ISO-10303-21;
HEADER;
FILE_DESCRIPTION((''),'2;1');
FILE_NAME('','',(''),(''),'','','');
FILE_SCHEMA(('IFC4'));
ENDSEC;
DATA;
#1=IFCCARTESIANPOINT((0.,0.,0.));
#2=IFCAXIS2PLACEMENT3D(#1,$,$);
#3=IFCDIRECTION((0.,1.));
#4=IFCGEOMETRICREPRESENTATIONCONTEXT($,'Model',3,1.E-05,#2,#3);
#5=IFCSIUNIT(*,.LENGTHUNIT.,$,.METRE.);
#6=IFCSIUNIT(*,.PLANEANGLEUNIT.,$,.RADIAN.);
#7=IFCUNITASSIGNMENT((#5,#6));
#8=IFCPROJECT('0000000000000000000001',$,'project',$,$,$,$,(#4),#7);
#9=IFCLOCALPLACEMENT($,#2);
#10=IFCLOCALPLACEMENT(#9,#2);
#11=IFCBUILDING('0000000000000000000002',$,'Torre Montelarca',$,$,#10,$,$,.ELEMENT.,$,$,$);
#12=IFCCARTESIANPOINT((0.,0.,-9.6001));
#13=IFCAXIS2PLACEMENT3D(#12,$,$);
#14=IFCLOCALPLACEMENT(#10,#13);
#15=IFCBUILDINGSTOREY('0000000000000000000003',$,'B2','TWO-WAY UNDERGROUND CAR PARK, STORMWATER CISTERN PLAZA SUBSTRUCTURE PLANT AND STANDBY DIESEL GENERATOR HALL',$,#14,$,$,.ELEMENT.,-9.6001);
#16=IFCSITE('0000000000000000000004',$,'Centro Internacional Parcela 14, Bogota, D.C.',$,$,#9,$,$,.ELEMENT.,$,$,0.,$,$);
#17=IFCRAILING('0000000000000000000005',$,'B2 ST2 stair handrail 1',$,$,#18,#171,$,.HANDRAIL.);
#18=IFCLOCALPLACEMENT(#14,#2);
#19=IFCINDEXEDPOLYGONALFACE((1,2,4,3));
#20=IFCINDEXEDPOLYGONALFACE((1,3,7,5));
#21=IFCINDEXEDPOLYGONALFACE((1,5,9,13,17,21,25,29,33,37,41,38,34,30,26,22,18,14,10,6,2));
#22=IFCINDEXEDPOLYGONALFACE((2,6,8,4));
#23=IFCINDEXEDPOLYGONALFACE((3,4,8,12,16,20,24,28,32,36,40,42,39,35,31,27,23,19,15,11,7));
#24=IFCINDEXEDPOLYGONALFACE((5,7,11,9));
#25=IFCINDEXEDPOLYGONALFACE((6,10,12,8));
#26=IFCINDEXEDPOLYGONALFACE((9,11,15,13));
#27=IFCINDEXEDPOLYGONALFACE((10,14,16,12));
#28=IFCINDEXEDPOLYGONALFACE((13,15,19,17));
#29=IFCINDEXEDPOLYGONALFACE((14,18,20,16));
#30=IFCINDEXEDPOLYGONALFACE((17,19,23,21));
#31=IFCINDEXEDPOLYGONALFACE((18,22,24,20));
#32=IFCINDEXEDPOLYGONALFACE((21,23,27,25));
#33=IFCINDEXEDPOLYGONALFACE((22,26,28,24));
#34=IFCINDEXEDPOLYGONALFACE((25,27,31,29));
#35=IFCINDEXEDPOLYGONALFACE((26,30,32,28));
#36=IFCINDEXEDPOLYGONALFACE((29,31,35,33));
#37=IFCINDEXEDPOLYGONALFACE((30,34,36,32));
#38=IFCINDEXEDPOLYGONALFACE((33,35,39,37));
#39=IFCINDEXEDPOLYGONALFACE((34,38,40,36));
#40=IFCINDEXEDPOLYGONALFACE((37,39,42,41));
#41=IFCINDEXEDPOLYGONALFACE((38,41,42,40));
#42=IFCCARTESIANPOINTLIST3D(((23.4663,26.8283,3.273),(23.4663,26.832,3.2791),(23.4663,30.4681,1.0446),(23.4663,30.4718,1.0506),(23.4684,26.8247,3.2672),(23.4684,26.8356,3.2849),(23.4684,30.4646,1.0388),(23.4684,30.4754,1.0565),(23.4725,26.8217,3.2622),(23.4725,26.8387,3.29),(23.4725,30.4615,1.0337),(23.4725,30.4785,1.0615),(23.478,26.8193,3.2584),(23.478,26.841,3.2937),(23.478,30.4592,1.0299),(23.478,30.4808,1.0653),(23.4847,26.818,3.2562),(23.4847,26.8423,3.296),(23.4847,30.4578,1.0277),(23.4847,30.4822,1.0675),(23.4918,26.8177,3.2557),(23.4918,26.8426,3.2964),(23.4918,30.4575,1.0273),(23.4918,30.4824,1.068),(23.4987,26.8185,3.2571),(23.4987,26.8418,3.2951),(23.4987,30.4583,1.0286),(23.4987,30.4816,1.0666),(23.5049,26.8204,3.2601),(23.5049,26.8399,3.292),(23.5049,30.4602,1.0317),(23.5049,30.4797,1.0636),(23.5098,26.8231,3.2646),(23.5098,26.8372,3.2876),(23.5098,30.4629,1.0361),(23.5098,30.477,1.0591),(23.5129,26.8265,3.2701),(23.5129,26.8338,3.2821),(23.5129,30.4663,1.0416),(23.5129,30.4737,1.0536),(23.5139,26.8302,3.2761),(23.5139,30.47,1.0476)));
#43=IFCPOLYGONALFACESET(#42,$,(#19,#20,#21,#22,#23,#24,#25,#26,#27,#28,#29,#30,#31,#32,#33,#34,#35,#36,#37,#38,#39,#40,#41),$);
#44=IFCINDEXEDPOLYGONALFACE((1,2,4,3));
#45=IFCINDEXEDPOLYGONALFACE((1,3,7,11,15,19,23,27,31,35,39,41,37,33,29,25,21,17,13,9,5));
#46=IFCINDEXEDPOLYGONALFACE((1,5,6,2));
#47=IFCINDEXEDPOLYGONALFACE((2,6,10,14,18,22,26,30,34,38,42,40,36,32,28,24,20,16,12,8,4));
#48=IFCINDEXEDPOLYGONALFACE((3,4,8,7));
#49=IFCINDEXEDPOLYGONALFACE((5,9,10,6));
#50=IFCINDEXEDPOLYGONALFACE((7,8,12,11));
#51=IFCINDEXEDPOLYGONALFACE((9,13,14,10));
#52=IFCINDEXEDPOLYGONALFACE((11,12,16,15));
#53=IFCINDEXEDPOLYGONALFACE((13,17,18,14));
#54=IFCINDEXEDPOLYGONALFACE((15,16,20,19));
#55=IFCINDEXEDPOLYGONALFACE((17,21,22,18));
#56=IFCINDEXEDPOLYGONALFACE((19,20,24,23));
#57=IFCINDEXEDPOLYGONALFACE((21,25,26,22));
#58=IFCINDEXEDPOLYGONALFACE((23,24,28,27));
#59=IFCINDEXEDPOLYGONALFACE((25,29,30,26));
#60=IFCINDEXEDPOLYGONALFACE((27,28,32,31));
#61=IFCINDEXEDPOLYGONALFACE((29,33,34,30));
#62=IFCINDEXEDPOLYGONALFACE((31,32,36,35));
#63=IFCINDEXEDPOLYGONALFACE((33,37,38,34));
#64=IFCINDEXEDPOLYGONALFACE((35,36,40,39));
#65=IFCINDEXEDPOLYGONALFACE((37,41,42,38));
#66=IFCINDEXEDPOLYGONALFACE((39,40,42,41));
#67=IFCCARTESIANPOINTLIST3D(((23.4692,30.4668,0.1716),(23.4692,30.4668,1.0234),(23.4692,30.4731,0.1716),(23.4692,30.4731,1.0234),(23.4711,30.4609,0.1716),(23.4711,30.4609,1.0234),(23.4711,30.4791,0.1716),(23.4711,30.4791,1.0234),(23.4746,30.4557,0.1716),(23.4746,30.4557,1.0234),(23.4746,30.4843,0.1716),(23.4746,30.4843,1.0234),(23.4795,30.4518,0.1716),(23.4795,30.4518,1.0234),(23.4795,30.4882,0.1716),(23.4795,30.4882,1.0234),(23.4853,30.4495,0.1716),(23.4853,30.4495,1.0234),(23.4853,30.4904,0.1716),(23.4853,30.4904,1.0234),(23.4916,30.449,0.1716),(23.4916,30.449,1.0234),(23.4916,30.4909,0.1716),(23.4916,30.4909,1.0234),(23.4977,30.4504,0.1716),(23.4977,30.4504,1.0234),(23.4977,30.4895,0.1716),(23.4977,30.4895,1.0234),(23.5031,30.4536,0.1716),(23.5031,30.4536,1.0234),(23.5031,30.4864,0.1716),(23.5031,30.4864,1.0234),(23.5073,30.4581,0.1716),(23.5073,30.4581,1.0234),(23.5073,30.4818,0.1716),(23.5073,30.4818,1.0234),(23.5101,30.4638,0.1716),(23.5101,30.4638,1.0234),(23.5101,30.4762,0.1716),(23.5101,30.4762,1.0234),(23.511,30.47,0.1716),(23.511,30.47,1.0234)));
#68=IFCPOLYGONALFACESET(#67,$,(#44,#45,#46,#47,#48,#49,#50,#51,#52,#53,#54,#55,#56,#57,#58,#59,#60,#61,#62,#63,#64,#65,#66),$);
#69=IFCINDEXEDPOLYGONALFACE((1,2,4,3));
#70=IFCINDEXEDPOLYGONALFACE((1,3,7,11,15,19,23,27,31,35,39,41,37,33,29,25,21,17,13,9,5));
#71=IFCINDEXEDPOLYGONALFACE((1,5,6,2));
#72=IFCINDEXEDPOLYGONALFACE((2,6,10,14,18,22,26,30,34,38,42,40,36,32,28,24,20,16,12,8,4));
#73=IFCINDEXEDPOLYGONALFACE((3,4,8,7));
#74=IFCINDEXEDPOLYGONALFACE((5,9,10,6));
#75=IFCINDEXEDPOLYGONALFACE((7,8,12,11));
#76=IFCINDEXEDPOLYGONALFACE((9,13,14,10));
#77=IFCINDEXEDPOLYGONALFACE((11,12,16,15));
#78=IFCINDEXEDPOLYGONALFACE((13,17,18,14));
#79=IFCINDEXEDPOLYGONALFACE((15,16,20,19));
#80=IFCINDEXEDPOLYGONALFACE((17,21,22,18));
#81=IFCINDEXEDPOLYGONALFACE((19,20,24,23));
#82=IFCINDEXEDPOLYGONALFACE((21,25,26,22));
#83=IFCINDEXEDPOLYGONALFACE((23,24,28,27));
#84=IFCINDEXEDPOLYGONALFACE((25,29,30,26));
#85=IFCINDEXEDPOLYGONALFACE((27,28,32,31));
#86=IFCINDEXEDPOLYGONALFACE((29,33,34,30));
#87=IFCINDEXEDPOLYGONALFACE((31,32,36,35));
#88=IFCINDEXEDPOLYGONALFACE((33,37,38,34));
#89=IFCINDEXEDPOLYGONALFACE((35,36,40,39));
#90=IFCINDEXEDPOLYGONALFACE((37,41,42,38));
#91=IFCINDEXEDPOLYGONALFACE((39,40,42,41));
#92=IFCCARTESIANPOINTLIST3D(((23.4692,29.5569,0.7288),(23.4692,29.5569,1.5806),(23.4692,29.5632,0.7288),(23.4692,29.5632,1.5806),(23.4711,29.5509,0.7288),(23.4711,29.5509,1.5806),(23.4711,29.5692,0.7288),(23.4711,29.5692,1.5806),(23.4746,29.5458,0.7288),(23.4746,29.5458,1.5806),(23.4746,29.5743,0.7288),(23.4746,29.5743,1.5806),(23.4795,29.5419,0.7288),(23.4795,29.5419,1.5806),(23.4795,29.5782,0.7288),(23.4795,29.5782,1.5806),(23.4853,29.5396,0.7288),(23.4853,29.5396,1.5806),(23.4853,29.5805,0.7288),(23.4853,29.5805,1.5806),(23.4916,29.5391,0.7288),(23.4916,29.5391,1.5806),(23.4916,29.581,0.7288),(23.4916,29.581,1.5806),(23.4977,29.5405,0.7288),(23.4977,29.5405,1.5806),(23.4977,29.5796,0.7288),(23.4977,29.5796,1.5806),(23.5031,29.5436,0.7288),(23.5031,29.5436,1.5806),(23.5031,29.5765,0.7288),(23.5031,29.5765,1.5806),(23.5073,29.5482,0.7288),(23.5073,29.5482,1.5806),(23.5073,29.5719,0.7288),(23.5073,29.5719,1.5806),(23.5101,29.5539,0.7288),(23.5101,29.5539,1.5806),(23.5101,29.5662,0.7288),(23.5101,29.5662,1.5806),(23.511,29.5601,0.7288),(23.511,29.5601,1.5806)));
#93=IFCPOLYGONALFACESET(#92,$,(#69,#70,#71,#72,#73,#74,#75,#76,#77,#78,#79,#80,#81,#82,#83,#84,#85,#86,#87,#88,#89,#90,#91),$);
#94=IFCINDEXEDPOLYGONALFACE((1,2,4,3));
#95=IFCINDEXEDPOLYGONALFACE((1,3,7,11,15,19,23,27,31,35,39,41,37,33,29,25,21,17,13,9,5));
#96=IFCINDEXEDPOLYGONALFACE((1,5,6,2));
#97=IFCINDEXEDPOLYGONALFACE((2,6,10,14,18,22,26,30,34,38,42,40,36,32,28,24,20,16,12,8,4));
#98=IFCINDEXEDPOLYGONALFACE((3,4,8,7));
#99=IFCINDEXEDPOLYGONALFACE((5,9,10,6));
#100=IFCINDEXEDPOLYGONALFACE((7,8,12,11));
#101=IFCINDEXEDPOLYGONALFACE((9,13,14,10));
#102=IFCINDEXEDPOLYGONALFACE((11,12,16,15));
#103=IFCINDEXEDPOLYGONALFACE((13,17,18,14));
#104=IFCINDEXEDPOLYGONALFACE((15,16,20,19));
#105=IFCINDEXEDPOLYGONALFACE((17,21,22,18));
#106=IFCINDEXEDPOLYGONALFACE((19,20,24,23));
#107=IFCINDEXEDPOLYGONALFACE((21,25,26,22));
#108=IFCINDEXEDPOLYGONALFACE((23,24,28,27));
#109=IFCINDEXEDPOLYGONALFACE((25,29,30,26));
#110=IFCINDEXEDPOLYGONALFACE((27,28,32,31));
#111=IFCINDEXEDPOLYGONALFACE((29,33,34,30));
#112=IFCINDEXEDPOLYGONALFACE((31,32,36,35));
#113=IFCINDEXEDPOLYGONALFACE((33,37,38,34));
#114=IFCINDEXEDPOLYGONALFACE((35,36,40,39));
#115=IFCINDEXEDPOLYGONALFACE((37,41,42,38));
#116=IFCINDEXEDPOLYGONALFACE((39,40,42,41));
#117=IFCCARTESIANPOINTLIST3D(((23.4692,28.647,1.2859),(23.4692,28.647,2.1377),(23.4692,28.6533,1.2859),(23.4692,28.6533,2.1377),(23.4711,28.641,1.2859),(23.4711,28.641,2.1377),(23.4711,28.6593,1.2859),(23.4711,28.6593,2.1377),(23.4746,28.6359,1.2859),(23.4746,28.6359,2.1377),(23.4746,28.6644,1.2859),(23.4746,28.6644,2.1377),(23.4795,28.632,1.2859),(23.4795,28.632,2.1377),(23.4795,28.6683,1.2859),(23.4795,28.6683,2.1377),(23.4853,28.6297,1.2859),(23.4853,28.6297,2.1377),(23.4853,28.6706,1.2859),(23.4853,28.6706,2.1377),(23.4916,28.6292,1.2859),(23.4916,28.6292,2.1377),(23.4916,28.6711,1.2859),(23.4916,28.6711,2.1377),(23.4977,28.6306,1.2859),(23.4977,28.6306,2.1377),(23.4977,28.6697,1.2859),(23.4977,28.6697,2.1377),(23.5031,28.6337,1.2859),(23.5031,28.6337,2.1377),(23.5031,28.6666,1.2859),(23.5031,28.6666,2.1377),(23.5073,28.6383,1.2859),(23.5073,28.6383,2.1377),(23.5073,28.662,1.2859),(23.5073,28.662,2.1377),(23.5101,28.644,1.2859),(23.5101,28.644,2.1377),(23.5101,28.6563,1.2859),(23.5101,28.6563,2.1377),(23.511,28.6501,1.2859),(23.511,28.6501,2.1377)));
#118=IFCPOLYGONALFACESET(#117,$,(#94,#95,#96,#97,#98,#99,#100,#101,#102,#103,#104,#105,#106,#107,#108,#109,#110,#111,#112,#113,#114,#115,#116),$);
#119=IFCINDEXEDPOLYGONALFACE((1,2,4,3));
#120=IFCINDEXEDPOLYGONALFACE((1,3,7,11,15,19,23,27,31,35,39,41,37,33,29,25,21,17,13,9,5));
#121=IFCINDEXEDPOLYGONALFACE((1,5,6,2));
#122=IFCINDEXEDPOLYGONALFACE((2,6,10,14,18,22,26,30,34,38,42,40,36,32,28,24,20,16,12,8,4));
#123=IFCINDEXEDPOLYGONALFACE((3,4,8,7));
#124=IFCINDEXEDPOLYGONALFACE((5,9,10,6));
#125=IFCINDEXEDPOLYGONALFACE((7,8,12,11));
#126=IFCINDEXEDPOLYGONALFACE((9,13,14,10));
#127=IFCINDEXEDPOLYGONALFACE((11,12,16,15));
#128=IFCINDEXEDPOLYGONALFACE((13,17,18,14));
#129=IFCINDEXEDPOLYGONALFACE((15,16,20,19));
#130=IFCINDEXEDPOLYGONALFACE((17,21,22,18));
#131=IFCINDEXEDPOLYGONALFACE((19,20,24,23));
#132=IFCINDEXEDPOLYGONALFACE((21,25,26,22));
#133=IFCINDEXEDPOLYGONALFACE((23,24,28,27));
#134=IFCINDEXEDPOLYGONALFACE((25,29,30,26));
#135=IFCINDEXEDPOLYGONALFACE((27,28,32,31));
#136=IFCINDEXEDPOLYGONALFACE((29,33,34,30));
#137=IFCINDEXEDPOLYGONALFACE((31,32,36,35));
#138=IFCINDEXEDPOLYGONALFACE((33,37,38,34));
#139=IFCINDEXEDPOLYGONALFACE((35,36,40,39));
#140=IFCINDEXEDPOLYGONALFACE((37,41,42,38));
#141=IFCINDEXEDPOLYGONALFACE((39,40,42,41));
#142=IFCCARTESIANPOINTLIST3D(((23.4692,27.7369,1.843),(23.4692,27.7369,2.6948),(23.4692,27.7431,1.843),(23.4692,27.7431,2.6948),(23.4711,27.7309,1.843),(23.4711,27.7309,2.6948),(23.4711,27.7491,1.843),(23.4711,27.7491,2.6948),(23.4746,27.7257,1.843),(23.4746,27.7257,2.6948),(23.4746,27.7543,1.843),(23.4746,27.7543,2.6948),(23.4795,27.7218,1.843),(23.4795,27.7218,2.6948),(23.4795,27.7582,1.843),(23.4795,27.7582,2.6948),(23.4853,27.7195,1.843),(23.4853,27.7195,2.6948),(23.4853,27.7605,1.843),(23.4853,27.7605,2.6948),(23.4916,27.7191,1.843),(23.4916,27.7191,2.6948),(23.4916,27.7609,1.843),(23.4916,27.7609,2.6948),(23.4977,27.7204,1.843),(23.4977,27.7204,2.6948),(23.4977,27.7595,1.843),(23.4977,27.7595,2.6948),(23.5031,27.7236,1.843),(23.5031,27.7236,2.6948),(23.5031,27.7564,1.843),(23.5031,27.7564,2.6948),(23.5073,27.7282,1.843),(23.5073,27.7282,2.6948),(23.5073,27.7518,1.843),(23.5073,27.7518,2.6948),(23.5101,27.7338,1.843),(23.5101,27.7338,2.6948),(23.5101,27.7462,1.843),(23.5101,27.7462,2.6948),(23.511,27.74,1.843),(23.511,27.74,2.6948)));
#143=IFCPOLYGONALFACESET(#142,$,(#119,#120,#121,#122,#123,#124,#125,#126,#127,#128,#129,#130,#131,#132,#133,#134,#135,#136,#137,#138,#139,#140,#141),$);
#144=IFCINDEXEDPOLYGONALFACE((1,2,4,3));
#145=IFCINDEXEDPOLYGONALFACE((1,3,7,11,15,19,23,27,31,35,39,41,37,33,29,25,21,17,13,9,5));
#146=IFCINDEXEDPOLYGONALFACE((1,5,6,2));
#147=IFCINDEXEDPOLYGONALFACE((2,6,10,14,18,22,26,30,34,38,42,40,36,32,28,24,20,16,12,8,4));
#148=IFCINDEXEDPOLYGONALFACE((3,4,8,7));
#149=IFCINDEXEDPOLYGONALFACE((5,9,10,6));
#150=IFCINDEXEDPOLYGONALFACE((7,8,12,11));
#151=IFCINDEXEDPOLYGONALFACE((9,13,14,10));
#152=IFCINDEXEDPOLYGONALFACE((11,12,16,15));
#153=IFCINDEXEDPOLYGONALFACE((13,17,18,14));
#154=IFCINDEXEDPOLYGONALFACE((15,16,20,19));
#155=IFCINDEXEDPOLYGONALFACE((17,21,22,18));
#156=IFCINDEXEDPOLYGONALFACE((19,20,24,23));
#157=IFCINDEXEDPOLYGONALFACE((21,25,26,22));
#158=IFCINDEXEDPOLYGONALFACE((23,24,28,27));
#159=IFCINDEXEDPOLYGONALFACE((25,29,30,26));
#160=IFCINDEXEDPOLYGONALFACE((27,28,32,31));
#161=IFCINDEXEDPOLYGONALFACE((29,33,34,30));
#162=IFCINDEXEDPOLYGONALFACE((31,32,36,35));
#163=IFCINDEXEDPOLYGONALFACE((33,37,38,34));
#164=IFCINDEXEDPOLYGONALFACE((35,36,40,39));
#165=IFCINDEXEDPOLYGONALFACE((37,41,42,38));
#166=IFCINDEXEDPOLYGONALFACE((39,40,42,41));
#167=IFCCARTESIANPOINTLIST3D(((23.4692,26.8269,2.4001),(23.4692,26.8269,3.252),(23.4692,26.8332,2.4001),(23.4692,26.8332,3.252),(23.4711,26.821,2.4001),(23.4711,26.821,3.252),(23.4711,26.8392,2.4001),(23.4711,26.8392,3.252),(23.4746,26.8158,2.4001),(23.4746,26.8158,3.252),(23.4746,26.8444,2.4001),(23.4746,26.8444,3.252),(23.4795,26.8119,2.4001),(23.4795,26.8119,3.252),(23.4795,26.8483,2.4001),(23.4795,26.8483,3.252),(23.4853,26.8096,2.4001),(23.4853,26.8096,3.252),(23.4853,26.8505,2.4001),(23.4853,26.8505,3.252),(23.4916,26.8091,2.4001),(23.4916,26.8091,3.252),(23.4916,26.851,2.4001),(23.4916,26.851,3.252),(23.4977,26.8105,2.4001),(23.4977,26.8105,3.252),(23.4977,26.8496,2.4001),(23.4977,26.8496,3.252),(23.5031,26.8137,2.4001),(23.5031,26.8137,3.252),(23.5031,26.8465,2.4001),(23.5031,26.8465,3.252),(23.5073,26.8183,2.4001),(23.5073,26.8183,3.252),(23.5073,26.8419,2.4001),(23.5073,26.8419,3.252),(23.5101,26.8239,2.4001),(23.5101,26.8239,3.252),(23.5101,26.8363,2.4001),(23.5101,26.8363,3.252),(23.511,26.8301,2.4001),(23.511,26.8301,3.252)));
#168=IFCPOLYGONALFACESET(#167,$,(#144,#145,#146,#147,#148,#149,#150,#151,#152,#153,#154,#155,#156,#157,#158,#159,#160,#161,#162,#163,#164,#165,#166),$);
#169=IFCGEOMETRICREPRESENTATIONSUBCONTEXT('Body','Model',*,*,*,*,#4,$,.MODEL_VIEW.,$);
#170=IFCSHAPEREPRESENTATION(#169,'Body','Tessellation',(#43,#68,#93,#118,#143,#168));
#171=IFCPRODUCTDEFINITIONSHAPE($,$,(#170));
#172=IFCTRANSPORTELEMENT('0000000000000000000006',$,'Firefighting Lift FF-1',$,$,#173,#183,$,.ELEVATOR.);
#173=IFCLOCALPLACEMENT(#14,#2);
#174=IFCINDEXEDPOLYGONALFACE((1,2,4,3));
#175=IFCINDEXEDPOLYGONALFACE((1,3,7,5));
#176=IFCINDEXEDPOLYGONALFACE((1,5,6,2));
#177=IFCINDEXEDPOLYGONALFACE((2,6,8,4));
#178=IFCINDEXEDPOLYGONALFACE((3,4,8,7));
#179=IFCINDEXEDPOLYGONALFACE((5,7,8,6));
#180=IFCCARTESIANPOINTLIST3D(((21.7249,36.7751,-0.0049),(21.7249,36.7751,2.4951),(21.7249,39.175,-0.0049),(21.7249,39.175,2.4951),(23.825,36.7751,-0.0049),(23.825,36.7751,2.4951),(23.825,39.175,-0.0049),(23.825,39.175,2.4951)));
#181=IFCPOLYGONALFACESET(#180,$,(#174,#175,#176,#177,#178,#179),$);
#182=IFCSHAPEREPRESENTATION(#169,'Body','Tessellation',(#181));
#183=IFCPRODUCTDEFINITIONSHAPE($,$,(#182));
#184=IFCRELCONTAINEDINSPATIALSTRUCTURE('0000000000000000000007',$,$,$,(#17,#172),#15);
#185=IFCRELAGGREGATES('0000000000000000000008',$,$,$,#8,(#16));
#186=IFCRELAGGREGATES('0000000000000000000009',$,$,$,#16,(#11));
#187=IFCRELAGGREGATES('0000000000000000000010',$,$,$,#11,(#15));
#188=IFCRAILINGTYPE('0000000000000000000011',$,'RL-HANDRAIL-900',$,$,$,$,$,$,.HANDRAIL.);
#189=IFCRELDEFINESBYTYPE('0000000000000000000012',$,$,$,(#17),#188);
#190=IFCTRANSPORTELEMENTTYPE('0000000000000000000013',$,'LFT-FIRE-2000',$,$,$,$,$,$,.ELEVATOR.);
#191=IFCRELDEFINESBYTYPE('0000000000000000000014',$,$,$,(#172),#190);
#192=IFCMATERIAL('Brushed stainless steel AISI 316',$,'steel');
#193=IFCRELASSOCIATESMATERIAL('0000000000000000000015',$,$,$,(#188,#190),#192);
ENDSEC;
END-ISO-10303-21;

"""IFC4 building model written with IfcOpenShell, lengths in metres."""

from ifc_helpers import new_model, si_unit, direction, frame, origin, origin_2d, place, context, subcontext, project, spatial, rectangle, circle, extrude, source, transform, mapped, material, type_object, element, save


model = new_model("IFC4")

# Units and contexts
model_context = context("Model", 3, precision=1e-05, world=origin(), true_north=direction((0.0, 1.0)))
body_context = subcontext(model_context, "Body", "Model", "MODEL_VIEW")
ifc_project = project(units=[si_unit("LENGTHUNIT", "METRE"), si_unit("PLANEANGLEUNIT", "RADIAN")], contexts=[model_context])

# Site, building, storey
site_placement = place(None, origin())
site = spatial("IfcSite", under=ifc_project, at=site_placement, Name="Centro Internacional Parcela 14, Bogota, D.C.", CompositionType="ELEMENT", RefElevation=0.0)
building_placement = place(site_placement, origin())
building = spatial("IfcBuilding", under=site, at=building_placement, Name="Torre Montelarca", CompositionType="ELEMENT")
storey_placement = place(building_placement, frame((0.0, 0.0, -9.6001)))
storey = spatial("IfcBuildingStorey", under=building, at=storey_placement, Name="B2", Description="TWO-WAY UNDERGROUND CAR PARK, STORMWATER CISTERN PLAZA SUBSTRUCTURE PLANT AND STANDBY DIESEL GENERATOR HALL", CompositionType="ELEMENT", Elevation=-9.6001)

# Shared definitions
ifc_material_1 = material(Name="Brushed stainless steel AISI 316", Category="steel")

# Railing
railing_type_1 = type_object("IfcRailingType", Name="RL-HANDRAIL-900", PredefinedType="HANDRAIL", material=ifc_material_1)
railing_1_placement = place(storey_placement, frame((23.49, 30.47, 0.1716)))
element("IfcRailing", 1, at=railing_1_placement, inside=storey, type_object=railing_type_1, Name="B2 ST2 stair handrail 1", PredefinedType="HANDRAIL", context=body_context, shape_type="SweptSolid", body=[
    extrude(circle(Radius=0.0239, at=origin_2d()), frame((0.0, 0.0, 0.876), z_axis=(0.0, -0.85285, 0.522156), x_axis=(1.0, 0.0, 0.0)), (0.0, 0.0, 1.0), 4.2678),
    extrude(circle(Radius=0.021, at=origin_2d()), origin(), (0.0, 0.0, 1.0), 0.8518),
    extrude(circle(Radius=0.021, at=origin_2d()), frame((0.0, -0.9099, 0.5571)), (0.0, 0.0, 1.0), 0.8518),
    extrude(circle(Radius=0.021, at=origin_2d()), frame((0.0, -1.8198, 1.1143)), (0.0, 0.0, 1.0), 0.8518),
    extrude(circle(Radius=0.021, at=origin_2d()), frame((0.0, -2.73, 1.6714)), (0.0, 0.0, 1.0), 0.8518),
    extrude(circle(Radius=0.021, at=origin_2d()), frame((0.0, -3.6399, 2.2285)), (0.0, 0.0, 1.0), 0.8518),
])

# Transport element
transport_element_type = type_object("IfcTransportElementType", Name="LFT-FIRE-2000", PredefinedType="ELEVATOR", material=ifc_material_1)
shared_shape_1 = source(origin(), body_context, "Body", "SweptSolid", [
    extrude(rectangle(XDim=2.1001, YDim=2.3999, at=origin_2d()), origin(), (0.0, 0.0, 1.0), 2.5),
])
transport_element_placement = place(storey_placement, frame((22.7749, 37.9751, -0.0049), z_axis=(0.0, 0.0, 1.0), x_axis=(1.0, 0.0, 0.0)))
element("IfcTransportElement", 2, at=transport_element_placement, inside=storey, type_object=transport_element_type, Name="Firefighting Lift FF-1", PredefinedType="ELEVATOR", context=body_context, shape_type="MappedRepresentation", body=[
    mapped(shared_shape_1, transform((0.0, 0.0, 0.0), scale=1.0)),
])

save(model, "model.ifc")
